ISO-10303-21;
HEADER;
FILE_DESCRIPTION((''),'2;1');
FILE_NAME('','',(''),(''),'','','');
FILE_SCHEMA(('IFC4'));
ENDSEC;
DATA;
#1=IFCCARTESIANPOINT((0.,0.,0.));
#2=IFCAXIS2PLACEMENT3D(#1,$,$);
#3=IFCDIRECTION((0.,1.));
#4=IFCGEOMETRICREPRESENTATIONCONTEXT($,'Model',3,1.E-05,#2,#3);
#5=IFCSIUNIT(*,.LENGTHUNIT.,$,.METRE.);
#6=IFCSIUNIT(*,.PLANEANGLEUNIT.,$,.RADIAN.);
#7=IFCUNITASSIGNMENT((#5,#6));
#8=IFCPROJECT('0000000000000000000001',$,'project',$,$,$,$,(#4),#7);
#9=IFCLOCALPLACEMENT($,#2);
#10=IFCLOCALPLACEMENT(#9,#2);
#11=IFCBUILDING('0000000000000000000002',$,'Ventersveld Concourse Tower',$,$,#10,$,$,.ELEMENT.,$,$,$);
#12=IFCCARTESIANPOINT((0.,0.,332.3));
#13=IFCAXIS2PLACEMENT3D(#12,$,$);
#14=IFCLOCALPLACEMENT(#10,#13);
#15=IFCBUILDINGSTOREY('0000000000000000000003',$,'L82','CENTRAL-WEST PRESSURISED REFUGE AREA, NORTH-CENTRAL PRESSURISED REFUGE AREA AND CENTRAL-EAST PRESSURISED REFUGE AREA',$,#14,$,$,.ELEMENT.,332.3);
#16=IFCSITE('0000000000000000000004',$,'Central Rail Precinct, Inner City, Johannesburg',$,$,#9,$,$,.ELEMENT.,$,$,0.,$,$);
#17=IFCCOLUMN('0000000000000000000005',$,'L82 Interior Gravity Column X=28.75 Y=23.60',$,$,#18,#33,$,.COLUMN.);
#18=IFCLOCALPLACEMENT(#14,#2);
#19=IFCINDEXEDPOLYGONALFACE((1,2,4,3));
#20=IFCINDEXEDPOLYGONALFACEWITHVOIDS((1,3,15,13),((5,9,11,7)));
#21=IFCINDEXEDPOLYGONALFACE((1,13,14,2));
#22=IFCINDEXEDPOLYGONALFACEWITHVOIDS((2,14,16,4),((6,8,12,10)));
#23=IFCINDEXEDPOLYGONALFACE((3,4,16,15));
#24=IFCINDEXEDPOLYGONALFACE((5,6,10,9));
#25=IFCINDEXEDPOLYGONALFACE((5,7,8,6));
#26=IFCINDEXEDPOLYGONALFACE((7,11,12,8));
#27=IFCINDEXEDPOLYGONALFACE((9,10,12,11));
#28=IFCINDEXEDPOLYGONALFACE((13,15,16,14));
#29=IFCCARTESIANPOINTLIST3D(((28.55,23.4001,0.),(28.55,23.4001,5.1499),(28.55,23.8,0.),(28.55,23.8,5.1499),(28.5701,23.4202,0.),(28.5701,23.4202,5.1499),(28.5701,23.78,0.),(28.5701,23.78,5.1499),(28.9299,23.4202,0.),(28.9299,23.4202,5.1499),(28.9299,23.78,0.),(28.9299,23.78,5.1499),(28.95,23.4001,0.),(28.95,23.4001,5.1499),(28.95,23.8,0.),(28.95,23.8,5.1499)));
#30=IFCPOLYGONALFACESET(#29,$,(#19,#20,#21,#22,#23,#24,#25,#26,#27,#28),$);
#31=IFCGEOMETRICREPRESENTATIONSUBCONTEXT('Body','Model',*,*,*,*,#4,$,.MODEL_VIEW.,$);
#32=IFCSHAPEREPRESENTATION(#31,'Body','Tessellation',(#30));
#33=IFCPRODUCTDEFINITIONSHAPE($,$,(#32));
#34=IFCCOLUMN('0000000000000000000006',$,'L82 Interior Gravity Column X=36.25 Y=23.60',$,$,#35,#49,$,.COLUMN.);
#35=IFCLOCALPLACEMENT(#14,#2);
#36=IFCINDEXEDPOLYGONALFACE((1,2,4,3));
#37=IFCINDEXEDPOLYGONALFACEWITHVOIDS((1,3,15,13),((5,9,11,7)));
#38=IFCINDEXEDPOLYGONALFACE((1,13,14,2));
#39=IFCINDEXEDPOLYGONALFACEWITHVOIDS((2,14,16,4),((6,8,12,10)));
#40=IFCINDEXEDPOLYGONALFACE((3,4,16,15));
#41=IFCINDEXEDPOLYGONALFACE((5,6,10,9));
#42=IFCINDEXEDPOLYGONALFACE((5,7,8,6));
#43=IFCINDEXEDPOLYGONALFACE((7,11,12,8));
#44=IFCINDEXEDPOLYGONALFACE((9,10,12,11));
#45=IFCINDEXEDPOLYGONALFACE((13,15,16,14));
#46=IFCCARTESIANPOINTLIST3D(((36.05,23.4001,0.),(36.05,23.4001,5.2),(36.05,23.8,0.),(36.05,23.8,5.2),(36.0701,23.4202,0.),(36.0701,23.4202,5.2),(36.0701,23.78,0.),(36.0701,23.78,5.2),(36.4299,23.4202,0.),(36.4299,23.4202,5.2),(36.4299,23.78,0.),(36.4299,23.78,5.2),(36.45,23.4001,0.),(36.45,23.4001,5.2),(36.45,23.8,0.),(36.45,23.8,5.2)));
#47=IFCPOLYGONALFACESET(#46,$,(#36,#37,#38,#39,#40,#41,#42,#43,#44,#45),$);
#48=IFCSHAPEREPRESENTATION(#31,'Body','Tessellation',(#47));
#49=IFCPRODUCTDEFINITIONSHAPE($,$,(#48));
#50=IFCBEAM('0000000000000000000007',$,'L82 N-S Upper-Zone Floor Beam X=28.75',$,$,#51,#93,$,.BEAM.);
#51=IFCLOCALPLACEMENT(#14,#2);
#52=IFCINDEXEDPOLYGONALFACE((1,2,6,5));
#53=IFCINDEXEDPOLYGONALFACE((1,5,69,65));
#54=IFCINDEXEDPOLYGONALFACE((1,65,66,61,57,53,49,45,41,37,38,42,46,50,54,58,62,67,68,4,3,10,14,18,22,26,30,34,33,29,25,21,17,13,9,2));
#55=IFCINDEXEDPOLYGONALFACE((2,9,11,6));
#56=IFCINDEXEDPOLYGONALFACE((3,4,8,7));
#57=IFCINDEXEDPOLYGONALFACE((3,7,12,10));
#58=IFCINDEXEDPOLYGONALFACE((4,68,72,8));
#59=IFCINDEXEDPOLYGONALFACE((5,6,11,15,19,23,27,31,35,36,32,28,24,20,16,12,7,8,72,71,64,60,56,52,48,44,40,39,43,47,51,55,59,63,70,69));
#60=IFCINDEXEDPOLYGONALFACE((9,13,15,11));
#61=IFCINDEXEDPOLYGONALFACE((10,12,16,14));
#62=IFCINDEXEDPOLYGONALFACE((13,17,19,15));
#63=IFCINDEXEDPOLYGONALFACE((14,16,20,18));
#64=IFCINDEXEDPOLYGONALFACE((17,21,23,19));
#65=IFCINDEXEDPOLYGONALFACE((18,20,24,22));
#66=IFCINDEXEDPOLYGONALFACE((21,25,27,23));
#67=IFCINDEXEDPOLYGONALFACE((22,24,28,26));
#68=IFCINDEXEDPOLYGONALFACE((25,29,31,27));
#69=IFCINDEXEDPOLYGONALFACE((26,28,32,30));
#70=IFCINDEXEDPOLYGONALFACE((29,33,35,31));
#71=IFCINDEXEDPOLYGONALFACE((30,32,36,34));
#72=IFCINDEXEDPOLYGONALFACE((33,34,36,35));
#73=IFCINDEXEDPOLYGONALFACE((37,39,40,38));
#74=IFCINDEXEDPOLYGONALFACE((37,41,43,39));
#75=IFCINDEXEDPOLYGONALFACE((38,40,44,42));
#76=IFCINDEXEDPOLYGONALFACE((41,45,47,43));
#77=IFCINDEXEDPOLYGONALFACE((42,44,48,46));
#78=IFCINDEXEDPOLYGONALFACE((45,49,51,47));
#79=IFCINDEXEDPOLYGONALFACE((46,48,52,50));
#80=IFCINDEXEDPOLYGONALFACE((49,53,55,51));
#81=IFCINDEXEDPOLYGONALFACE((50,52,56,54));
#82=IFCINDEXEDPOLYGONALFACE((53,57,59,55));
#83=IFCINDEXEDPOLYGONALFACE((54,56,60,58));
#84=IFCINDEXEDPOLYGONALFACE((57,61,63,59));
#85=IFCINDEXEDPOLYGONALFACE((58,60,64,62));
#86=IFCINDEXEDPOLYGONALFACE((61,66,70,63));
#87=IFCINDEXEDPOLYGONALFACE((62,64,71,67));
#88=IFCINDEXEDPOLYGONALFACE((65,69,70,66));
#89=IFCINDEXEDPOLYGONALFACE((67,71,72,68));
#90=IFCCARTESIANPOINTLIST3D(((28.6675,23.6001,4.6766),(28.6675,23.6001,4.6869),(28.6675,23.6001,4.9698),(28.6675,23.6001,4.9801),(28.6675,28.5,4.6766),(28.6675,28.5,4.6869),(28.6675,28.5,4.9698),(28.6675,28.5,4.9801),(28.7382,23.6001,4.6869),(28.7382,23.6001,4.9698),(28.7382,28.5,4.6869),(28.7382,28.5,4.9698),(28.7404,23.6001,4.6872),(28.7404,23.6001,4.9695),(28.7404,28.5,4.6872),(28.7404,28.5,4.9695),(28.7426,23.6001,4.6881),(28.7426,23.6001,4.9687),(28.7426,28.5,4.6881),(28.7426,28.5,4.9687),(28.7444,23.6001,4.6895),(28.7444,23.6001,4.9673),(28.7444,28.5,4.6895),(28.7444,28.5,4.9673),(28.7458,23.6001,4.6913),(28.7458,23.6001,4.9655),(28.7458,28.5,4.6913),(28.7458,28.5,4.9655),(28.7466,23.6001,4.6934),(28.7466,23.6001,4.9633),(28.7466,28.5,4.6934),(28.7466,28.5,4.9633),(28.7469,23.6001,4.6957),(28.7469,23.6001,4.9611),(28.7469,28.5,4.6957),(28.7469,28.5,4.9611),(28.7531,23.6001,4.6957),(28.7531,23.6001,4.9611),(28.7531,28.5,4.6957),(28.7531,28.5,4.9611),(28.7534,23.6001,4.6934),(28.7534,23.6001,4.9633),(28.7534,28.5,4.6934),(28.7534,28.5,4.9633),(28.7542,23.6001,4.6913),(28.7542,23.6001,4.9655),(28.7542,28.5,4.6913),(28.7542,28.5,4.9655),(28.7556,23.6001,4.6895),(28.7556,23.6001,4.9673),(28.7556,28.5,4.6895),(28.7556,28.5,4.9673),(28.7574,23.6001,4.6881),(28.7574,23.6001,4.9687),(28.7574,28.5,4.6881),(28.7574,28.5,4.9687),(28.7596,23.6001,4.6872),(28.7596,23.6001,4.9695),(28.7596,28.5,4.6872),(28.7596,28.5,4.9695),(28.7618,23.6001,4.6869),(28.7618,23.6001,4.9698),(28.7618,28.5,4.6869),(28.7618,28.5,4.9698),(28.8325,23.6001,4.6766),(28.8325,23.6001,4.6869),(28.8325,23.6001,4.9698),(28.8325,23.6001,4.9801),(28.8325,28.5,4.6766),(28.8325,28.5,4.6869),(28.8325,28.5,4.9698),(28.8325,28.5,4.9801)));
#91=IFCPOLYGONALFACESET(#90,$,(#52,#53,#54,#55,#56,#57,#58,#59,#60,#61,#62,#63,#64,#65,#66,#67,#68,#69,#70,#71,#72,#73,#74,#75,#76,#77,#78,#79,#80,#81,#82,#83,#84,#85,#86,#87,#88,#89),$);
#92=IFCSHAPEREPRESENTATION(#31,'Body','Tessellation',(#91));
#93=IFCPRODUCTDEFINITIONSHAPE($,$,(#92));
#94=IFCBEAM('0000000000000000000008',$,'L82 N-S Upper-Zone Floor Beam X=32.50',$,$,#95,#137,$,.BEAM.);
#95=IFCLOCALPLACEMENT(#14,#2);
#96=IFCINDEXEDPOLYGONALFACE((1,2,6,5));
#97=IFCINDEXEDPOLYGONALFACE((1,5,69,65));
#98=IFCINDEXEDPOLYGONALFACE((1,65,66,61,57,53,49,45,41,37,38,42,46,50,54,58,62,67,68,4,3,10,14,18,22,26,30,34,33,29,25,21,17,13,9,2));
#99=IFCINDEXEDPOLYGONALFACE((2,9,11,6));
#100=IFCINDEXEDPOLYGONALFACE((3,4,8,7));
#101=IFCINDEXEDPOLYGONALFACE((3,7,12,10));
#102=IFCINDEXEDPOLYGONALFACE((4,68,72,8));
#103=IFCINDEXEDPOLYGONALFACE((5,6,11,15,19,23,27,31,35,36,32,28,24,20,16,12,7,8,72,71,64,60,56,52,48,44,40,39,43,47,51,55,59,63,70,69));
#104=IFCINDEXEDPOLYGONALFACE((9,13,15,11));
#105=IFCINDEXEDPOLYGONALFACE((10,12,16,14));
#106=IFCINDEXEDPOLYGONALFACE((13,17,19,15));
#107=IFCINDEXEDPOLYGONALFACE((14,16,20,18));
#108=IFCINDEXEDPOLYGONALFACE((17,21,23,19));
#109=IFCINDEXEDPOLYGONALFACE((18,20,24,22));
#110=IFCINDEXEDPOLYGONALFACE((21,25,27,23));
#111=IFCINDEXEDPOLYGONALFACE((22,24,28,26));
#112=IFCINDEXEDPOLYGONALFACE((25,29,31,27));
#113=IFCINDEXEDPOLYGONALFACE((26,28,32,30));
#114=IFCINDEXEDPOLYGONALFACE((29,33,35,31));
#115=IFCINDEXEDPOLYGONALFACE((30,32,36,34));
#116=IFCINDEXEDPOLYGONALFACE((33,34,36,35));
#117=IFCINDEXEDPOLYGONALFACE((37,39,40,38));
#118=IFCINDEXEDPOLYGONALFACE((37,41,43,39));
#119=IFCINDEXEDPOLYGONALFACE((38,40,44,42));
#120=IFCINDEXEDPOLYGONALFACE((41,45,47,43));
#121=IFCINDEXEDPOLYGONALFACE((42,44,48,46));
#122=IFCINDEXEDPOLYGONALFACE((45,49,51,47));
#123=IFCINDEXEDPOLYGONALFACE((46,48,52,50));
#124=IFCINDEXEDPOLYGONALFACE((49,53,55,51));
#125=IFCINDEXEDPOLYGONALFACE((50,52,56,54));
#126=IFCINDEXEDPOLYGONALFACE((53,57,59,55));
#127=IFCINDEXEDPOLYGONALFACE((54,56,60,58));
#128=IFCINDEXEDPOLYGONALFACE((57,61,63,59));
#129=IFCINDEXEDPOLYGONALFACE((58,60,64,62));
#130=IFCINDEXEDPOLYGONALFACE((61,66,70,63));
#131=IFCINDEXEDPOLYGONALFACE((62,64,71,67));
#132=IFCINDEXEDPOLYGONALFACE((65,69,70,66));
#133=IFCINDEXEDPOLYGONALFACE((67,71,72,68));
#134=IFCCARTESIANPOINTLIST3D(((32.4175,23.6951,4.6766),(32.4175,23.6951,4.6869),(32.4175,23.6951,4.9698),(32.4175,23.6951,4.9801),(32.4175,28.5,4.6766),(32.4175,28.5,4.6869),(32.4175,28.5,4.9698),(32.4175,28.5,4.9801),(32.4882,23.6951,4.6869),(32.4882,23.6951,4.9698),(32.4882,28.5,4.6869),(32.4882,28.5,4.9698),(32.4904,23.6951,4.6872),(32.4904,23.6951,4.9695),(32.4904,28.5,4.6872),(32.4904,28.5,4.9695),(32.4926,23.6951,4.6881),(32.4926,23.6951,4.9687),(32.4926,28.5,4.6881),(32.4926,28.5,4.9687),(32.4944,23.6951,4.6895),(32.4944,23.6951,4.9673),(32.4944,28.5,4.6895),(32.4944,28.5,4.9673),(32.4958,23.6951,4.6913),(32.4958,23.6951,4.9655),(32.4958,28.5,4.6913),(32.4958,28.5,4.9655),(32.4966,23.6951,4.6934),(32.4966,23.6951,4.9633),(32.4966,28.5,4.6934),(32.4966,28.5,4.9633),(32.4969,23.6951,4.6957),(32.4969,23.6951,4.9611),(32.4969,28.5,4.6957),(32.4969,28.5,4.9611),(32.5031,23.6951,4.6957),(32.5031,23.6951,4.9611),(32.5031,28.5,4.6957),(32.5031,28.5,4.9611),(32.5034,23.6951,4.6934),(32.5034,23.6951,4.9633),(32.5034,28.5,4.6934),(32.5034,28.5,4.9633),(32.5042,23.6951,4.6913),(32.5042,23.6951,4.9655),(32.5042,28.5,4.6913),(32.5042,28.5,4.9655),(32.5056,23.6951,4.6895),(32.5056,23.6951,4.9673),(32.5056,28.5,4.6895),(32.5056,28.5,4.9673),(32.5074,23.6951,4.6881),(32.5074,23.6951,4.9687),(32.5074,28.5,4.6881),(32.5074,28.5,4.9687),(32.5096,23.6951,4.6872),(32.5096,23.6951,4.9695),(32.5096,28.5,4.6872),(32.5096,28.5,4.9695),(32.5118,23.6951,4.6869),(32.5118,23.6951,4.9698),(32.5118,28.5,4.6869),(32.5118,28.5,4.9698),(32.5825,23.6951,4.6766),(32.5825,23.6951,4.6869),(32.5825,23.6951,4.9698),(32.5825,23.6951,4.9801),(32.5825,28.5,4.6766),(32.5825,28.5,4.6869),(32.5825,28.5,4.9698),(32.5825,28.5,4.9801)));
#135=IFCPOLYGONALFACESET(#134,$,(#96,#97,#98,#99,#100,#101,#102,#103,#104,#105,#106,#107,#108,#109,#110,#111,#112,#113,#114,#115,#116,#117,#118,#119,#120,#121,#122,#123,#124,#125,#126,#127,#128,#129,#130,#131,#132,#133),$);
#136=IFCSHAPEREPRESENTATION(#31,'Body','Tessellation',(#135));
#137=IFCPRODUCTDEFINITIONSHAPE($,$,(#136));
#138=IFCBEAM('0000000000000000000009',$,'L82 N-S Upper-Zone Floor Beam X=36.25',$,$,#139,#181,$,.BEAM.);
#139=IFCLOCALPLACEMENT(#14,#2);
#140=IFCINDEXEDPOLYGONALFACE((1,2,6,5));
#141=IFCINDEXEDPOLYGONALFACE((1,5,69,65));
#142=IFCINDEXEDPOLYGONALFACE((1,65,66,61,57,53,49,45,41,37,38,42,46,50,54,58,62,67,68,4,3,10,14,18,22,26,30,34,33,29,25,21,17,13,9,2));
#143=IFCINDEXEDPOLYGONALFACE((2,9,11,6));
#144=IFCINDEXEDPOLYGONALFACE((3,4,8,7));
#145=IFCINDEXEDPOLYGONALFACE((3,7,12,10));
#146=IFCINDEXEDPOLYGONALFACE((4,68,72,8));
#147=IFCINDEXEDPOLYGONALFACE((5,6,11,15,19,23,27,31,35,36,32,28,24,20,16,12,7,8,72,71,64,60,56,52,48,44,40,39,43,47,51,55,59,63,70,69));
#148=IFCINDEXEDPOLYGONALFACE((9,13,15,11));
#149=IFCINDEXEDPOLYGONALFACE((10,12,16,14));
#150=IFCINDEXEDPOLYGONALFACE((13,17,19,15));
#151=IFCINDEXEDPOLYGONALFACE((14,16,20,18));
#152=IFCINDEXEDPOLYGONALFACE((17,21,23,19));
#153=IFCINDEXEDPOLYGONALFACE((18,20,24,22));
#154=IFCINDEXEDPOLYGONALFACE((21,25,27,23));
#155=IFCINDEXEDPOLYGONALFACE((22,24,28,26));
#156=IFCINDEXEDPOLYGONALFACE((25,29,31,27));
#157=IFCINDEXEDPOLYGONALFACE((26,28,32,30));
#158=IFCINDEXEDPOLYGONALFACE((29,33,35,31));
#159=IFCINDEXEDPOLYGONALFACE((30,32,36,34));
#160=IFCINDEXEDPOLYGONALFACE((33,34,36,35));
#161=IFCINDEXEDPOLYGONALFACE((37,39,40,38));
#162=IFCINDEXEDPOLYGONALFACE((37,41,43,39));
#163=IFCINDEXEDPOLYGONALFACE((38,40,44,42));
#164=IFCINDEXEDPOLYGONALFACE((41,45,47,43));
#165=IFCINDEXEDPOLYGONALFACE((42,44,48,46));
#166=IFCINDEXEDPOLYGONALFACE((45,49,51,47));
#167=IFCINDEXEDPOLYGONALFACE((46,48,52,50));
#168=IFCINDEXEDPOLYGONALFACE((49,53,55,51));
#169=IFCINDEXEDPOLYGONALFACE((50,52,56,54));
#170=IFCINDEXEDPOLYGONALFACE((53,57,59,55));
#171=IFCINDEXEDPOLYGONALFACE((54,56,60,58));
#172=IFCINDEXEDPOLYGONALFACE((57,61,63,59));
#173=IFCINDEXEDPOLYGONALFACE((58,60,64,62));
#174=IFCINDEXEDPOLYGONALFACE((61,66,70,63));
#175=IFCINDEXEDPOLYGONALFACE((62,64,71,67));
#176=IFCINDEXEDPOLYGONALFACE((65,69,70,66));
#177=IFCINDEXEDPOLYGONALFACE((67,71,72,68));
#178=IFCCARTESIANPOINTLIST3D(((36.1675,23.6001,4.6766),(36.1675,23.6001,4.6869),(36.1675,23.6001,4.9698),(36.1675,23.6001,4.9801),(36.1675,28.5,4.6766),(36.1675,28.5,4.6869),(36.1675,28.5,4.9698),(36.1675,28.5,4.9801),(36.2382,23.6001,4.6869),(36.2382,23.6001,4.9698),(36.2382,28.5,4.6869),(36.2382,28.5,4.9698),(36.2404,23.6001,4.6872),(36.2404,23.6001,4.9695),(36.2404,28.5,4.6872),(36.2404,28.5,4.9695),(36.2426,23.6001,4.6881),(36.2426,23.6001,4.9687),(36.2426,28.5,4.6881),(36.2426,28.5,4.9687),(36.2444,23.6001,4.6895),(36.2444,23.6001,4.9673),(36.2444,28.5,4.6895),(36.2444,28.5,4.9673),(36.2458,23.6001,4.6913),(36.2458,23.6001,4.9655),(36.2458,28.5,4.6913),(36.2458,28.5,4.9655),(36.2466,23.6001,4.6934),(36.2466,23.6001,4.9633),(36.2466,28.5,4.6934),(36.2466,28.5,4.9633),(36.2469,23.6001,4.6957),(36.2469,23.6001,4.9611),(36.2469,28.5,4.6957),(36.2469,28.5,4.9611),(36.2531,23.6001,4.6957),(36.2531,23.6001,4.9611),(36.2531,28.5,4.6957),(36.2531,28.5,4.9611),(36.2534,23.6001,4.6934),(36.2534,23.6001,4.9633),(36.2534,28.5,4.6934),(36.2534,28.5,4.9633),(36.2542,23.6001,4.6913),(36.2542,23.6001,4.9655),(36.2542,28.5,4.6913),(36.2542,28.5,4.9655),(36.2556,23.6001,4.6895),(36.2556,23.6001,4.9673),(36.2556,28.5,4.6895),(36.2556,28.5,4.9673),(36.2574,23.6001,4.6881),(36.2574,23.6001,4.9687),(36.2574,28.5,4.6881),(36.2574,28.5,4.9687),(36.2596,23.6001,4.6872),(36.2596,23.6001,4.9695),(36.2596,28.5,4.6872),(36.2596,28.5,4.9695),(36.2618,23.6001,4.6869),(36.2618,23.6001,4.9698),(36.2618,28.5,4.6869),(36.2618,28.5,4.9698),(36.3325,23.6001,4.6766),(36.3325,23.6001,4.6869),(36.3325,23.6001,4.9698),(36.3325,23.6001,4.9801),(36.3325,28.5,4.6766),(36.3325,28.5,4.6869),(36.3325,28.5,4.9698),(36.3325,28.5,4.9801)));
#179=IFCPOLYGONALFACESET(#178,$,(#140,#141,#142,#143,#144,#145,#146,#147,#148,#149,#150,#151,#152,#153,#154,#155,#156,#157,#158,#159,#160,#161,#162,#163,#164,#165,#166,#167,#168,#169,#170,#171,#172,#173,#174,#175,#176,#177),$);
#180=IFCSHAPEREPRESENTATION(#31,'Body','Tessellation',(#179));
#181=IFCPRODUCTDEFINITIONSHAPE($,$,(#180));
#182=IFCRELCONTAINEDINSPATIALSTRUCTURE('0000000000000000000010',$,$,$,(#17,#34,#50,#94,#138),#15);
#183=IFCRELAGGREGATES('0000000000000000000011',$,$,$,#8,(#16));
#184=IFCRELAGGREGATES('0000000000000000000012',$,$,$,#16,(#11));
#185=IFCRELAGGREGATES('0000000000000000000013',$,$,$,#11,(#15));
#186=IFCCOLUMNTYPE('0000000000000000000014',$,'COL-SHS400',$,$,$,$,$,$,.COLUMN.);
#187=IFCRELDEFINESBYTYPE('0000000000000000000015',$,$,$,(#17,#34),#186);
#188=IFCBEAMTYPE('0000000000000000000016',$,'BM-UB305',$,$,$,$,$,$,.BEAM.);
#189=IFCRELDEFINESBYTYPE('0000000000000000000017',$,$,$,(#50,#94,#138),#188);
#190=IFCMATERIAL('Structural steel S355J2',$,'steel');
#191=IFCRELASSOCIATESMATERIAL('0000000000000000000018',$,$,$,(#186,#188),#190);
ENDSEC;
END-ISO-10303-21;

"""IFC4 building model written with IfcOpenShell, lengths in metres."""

from ifc_helpers import new_model, si_unit, direction, frame, origin, origin_2d, place, context, subcontext, project, spatial, hollow_rectangle, i_section, extrude, material, material_profile, profile_set, type_object, element, save


model = new_model("IFC4")

# Units and contexts
model_context = context("Model", 3, precision=1e-05, world=origin(), true_north=direction((0.0, 1.0)))
body_context = subcontext(model_context, "Body", "Model", "MODEL_VIEW")
ifc_project = project(units=[si_unit("LENGTHUNIT", "METRE"), si_unit("PLANEANGLEUNIT", "RADIAN")], contexts=[model_context])

# Site, building, storey
site_placement = place(None, origin())
site = spatial("IfcSite", under=ifc_project, at=site_placement, Name="Central Rail Precinct, Inner City, Johannesburg", CompositionType="ELEMENT", RefElevation=0.0)
building_placement = place(site_placement, origin())
building = spatial("IfcBuilding", under=site, at=building_placement, Name="Ventersveld Concourse Tower", CompositionType="ELEMENT")
storey_placement = place(building_placement, frame((0.0, 0.0, 332.3)))
storey = spatial("IfcBuildingStorey", under=building, at=storey_placement, Name="L82", Description="CENTRAL-WEST PRESSURISED REFUGE AREA, NORTH-CENTRAL PRESSURISED REFUGE AREA AND CENTRAL-EAST PRESSURISED REFUGE AREA", CompositionType="ELEMENT", Elevation=332.3)

# Columns
ifc_material_1 = material(Name="Structural steel S355J2", Category="steel")
ifc_material_profile_1 = material_profile(ifc_material_1, hollow_rectangle(XDim=0.3999, YDim=0.3999, WallThickness=0.02, at=origin_2d()), Name="SHS 400x400x20")
ifc_profile_set_1 = profile_set([ifc_material_profile_1], Name="Structural steel S355J2")
column_type = type_object("IfcColumnType", Name="COL-SHS400", PredefinedType="COLUMN", material=ifc_profile_set_1)
column_1_placement = place(storey_placement, frame((28.75, 23.6001, 0.0), z_axis=(0.0, 0.0, 1.0), x_axis=(1.0, 0.0, 0.0)))
element("IfcColumn", 1, at=column_1_placement, inside=storey, type_object=column_type, Name="L82 Interior Gravity Column X=28.75 Y=23.60", PredefinedType="COLUMN", context=body_context, shape_type="SweptSolid", body=[
    extrude(hollow_rectangle(XDim=0.3999, YDim=0.3999, WallThickness=0.02, at=origin_2d()), origin(), (0.0, 0.0, 1.0), 5.1499),
])
column_2_placement = place(storey_placement, frame((36.25, 23.6001, 0.0), z_axis=(0.0, 0.0, 1.0), x_axis=(1.0, 0.0, 0.0)))
element("IfcColumn", 2, at=column_2_placement, inside=storey, type_object=column_type, Name="L82 Interior Gravity Column X=36.25 Y=23.60", PredefinedType="COLUMN", context=body_context, shape_type="SweptSolid", body=[
    extrude(hollow_rectangle(XDim=0.3999, YDim=0.3999, WallThickness=0.02, at=origin_2d()), origin(), (0.0, 0.0, 1.0), 5.2),
])

# Beams
ifc_material_profile_2 = material_profile(ifc_material_1, i_section(OverallWidth=0.165, OverallDepth=0.3035, WebThickness=0.0061, FlangeThickness=0.0103, FilletRadius=0.0088, at=origin_2d()), Name="UB 305x165x40")
ifc_profile_set_2 = profile_set([ifc_material_profile_2], Name="Structural steel S355J2")
beam_type_1 = type_object("IfcBeamType", Name="BM-UB305", PredefinedType="BEAM", material=ifc_profile_set_2)
beam_1_placement = place(storey_placement, frame((28.75, 23.6001, 4.8284), z_axis=(0.0, 1.0, 0.0), x_axis=(-1.0, 0.0, 0.0)))
element("IfcBeam", 3, at=beam_1_placement, inside=storey, type_object=beam_type_1, Name="L82 N-S Upper-Zone Floor Beam X=28.75", PredefinedType="BEAM", context=body_context, shape_type="SweptSolid", body=[
    extrude(i_section(OverallWidth=0.165, OverallDepth=0.3035, WebThickness=0.0061, FlangeThickness=0.0103, FilletRadius=0.0088, at=origin_2d()), origin(), (0.0, 0.0, 1.0), 4.8999),
])
beam_2_placement = place(storey_placement, frame((32.5, 23.6951, 4.8284), z_axis=(0.0, 1.0, 0.0), x_axis=(-1.0, 0.0, 0.0)))
element("IfcBeam", 4, at=beam_2_placement, inside=storey, type_object=beam_type_1, Name="L82 N-S Upper-Zone Floor Beam X=32.50", PredefinedType="BEAM", context=body_context, shape_type="SweptSolid", body=[
    extrude(i_section(OverallWidth=0.165, OverallDepth=0.3035, WebThickness=0.0061, FlangeThickness=0.0103, FilletRadius=0.0088, at=origin_2d()), origin(), (0.0, 0.0, 1.0), 4.8049),
])
beam_3_placement = place(storey_placement, frame((36.25, 23.6001, 4.8284), z_axis=(0.0, 1.0, 0.0), x_axis=(-1.0, 0.0, 0.0)))
element("IfcBeam", 5, at=beam_3_placement, inside=storey, type_object=beam_type_1, Name="L82 N-S Upper-Zone Floor Beam X=36.25", PredefinedType="BEAM", context=body_context, shape_type="SweptSolid", body=[
    extrude(i_section(OverallWidth=0.165, OverallDepth=0.3035, WebThickness=0.0061, FlangeThickness=0.0103, FilletRadius=0.0088, at=origin_2d()), origin(), (0.0, 0.0, 1.0), 4.8999),
])

save(model, "model.ifc")
